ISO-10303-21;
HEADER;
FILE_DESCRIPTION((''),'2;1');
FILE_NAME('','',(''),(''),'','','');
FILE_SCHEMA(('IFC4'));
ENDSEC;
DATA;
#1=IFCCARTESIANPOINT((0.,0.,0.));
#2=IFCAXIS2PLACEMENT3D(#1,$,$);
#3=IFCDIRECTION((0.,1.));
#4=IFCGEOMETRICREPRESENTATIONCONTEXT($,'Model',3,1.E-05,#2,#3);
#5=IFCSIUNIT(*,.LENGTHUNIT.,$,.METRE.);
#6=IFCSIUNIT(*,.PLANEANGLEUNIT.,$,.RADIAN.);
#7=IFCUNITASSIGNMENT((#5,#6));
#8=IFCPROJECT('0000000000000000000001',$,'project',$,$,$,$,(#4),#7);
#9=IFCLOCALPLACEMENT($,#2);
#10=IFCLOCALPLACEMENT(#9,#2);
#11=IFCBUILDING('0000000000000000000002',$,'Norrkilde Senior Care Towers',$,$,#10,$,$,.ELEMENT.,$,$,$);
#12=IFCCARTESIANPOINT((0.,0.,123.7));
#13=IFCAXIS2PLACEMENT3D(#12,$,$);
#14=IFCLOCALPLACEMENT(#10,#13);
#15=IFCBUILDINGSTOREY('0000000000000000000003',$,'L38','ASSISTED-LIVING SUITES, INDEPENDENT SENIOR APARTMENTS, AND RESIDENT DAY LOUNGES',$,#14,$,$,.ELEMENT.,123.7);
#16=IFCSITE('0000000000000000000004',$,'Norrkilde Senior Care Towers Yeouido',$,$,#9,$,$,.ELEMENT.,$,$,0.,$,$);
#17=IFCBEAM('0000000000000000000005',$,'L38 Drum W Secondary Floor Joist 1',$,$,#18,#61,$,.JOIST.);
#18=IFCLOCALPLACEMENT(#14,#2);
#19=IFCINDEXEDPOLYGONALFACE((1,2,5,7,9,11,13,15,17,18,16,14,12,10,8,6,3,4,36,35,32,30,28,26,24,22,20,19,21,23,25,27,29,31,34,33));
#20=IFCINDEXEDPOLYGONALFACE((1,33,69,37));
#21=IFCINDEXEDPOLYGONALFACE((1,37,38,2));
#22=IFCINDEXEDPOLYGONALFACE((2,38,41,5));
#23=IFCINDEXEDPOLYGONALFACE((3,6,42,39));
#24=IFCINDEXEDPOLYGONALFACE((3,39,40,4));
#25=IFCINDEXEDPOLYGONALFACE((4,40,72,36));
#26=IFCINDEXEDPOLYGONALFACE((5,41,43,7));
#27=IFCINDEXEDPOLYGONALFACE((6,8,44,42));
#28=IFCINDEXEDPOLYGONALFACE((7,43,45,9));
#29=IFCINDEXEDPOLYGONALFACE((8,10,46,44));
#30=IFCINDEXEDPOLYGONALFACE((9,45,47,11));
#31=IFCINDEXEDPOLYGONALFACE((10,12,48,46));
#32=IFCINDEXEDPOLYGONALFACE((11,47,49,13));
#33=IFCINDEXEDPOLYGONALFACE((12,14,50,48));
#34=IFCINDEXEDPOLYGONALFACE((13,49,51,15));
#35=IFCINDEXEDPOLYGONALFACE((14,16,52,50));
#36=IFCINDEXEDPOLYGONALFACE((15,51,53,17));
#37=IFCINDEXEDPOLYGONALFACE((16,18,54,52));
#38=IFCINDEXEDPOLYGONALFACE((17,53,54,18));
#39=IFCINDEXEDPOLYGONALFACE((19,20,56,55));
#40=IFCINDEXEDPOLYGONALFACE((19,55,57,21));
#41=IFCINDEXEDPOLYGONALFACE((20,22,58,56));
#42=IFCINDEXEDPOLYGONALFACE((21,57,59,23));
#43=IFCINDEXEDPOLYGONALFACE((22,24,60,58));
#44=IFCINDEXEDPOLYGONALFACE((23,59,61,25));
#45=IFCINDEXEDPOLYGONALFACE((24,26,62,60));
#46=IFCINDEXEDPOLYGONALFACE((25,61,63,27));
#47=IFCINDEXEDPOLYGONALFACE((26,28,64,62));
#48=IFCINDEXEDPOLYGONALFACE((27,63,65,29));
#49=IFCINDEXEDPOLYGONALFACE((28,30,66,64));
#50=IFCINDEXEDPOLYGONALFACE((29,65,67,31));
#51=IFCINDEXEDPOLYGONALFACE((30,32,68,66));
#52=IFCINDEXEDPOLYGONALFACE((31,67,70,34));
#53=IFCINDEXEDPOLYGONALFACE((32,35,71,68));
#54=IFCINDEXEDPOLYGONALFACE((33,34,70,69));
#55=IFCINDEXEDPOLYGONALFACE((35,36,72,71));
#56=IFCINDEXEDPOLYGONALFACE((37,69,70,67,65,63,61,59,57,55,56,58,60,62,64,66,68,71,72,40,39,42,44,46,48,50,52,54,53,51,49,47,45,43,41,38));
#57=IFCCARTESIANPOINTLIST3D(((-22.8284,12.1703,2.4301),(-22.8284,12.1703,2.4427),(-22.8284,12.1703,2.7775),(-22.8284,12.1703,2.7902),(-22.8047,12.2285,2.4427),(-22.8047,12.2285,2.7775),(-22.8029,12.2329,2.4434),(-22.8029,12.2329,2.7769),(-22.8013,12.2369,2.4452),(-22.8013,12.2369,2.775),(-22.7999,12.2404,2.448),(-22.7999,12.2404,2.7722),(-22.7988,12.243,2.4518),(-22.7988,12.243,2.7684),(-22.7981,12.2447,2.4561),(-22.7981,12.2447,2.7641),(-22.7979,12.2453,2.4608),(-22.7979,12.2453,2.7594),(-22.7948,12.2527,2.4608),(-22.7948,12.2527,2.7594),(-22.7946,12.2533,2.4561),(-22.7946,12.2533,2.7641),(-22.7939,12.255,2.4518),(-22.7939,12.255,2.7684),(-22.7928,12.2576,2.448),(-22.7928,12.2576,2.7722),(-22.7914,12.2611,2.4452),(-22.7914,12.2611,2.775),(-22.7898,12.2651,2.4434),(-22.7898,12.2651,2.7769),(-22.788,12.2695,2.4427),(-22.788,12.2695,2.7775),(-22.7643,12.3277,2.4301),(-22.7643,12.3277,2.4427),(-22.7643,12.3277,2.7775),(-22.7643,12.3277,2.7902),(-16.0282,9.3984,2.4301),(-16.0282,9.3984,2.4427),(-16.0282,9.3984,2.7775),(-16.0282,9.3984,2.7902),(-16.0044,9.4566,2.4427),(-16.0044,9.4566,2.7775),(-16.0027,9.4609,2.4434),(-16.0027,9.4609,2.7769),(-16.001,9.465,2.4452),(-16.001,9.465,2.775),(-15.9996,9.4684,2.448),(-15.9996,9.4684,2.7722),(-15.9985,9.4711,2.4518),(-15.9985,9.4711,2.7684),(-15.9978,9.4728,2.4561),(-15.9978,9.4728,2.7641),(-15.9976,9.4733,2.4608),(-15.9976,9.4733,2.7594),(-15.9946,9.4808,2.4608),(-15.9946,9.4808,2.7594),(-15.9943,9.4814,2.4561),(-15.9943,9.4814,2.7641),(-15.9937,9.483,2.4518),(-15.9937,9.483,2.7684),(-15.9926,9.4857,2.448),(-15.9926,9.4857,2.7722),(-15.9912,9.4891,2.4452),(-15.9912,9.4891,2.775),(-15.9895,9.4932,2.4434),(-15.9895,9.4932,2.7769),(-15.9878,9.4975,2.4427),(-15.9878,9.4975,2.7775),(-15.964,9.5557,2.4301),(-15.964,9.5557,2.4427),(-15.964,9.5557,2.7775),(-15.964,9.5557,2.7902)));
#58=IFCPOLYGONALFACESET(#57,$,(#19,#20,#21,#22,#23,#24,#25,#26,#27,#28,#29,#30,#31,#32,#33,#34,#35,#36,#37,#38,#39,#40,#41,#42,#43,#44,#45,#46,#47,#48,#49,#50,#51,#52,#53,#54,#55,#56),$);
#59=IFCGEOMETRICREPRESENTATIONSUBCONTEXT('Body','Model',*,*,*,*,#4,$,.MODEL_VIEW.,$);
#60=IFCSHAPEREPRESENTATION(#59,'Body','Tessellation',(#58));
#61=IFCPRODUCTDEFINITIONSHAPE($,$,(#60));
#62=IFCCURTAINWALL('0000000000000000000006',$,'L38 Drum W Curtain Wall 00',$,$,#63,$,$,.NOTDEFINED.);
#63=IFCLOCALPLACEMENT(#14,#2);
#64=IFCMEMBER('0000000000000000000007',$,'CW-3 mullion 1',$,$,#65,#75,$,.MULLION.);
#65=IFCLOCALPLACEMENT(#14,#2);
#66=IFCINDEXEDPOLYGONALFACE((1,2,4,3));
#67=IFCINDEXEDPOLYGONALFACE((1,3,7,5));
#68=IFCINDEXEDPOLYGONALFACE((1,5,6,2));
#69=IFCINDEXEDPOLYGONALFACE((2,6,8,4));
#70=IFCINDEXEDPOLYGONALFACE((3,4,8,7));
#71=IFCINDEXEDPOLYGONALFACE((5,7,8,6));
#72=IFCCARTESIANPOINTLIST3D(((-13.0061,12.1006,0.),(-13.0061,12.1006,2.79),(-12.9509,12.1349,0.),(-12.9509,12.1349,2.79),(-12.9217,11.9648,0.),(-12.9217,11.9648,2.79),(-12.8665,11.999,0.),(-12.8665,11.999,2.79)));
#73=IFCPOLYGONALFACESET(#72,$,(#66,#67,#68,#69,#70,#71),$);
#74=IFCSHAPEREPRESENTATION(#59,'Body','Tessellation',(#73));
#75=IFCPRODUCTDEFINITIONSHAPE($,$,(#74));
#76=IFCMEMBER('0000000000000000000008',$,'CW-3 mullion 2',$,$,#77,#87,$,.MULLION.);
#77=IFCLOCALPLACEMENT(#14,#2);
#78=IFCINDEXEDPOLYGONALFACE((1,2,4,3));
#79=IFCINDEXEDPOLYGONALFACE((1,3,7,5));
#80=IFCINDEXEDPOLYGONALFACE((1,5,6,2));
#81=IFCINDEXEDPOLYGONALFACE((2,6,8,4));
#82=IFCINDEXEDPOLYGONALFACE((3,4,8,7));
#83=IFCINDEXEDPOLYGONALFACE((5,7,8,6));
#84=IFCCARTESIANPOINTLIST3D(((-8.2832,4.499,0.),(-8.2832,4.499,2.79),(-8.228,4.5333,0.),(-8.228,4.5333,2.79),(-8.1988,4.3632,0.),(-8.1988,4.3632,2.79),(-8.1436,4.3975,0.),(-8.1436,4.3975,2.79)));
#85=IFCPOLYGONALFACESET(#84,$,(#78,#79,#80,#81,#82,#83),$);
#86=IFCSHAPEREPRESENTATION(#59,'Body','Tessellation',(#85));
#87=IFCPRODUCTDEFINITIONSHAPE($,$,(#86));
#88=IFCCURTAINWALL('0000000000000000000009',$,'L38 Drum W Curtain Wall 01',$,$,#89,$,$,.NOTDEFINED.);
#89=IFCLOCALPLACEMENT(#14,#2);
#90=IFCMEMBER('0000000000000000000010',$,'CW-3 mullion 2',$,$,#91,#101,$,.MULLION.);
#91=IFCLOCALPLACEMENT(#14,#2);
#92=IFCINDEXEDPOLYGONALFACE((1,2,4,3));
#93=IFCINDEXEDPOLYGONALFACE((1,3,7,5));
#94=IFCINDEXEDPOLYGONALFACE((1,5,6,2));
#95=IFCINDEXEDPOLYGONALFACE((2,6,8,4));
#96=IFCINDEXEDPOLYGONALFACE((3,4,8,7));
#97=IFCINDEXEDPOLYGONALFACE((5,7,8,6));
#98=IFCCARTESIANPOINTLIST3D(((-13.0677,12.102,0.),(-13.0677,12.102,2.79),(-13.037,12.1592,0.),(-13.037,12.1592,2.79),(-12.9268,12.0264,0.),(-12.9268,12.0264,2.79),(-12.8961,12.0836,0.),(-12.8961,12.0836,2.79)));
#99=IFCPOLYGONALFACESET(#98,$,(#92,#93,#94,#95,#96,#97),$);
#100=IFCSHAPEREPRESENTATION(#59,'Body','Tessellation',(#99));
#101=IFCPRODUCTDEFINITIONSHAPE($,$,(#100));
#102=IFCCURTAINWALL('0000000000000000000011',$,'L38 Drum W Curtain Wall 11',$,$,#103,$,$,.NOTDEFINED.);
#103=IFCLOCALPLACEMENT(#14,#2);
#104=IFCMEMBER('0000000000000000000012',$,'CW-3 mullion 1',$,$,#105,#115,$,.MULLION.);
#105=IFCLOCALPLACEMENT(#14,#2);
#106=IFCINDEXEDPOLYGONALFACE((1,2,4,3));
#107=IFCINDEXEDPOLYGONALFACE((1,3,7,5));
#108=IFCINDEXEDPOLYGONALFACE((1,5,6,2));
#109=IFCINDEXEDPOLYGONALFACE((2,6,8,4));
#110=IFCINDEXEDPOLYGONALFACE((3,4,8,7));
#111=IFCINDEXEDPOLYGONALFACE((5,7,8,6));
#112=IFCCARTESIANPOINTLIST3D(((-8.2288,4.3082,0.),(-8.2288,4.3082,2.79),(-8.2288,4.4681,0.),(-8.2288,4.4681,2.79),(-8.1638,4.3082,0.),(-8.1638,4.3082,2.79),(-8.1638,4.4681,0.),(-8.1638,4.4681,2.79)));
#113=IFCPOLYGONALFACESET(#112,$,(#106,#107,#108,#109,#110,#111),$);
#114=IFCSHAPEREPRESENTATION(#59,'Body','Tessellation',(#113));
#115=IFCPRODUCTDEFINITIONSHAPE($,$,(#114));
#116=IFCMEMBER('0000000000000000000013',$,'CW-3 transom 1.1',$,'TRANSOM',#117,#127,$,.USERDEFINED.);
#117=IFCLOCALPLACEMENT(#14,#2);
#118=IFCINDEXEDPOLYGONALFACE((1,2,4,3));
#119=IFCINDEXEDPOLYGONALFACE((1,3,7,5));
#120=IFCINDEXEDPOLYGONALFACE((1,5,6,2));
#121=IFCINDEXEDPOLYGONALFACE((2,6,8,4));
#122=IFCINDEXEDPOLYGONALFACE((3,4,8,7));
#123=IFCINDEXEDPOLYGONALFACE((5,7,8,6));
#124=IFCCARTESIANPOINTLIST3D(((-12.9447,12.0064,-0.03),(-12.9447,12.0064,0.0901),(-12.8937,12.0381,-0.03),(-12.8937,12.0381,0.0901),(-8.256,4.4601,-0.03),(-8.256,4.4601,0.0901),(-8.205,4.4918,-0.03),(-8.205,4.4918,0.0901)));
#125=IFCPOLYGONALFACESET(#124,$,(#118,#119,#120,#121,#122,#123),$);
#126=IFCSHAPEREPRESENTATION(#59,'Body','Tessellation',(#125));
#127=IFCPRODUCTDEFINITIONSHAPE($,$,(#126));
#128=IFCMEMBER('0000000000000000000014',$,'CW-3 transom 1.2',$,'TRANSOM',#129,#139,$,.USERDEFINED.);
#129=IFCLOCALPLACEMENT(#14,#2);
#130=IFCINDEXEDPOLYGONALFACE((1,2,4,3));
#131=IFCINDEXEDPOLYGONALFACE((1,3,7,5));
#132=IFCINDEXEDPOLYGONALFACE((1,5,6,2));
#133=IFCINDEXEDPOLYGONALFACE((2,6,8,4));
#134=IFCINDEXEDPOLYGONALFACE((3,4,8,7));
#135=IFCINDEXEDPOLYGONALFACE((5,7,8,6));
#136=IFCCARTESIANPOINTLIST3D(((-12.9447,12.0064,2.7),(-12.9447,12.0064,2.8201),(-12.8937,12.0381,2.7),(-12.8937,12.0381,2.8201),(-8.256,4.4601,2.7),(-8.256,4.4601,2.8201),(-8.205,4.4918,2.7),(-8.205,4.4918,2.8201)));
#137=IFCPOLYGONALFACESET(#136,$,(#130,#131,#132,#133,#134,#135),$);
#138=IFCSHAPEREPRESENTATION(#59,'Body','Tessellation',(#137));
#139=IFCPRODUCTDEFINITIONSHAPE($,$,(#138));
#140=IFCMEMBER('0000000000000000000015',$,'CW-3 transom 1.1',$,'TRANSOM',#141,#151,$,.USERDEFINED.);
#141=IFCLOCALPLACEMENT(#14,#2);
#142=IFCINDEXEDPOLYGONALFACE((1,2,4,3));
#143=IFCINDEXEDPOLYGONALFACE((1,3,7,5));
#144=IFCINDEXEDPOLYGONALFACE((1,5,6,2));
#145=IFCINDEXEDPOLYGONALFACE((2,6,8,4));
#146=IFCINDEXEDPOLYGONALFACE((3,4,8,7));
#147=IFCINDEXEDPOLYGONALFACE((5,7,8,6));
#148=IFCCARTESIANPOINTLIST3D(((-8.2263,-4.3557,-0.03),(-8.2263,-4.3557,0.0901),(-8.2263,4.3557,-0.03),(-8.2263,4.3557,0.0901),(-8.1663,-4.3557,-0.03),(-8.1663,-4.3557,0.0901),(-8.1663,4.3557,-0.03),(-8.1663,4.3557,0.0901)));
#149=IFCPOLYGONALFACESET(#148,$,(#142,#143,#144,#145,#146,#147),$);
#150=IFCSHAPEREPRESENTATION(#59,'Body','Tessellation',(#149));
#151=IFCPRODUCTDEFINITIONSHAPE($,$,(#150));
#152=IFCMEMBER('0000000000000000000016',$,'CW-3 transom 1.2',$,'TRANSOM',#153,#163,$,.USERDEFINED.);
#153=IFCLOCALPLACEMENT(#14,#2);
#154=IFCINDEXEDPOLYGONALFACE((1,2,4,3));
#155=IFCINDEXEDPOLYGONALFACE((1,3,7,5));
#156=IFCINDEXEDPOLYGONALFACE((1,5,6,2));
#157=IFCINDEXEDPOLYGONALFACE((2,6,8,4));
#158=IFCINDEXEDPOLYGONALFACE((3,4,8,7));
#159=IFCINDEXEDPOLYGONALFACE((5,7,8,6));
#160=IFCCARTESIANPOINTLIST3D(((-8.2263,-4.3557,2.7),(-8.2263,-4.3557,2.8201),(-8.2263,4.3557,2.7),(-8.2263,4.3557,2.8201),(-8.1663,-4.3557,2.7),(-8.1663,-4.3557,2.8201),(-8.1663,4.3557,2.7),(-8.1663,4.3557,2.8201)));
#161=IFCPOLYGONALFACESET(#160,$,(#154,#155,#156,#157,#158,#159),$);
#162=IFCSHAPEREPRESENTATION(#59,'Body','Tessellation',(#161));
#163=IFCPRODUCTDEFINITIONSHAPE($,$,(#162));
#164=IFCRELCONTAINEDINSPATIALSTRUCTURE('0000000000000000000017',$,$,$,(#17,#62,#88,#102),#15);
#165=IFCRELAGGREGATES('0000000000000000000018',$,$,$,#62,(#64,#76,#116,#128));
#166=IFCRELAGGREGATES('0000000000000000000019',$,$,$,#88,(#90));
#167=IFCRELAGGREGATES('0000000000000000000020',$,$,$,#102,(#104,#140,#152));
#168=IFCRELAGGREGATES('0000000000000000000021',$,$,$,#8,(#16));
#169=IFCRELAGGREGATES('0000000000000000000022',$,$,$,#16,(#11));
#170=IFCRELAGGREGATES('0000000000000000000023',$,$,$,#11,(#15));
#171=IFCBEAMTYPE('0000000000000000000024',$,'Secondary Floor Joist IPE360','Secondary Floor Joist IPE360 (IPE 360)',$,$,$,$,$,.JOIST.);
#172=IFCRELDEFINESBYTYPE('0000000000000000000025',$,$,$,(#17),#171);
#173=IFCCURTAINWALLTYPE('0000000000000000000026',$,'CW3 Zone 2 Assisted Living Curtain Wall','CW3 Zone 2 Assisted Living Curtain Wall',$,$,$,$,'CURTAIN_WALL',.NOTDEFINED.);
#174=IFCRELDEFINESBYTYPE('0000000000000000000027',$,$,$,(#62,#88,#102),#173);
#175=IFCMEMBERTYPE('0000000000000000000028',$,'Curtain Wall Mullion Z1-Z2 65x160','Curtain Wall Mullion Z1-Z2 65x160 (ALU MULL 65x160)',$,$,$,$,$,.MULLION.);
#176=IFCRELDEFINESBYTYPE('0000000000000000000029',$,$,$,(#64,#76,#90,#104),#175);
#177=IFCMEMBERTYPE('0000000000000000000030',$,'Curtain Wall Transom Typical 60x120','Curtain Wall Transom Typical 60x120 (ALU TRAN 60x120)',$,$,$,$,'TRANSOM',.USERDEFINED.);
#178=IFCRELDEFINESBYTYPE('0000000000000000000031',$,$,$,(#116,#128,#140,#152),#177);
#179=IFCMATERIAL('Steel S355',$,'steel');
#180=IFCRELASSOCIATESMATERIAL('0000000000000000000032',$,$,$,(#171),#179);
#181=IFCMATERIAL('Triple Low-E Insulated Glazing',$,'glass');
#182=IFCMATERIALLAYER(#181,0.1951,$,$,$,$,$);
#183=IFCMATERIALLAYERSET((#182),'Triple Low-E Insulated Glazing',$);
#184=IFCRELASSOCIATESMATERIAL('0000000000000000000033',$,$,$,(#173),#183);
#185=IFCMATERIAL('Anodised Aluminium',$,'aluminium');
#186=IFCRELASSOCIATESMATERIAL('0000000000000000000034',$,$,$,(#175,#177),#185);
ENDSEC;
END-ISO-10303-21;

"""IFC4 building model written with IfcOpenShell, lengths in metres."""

from ifc_helpers import new_model, si_unit, direction, frame, origin, origin_2d, place, context, subcontext, project, spatial, rectangle, i_section, extrude, source, transform, mapped, material, layer, layer_set, material_profile, profile_set, type_object, type_shapes, element, aggregate, save


model = new_model("IFC4")

# Units and contexts
model_context = context("Model", 3, precision=1e-05, world=origin(), true_north=direction((0.0, 1.0)))
body_context = subcontext(model_context, "Body", "Model", "MODEL_VIEW")
ifc_project = project(units=[si_unit("LENGTHUNIT", "METRE"), si_unit("PLANEANGLEUNIT", "RADIAN")], contexts=[model_context])

# Site, building, storey
site_placement = place(None, origin())
site = spatial("IfcSite", under=ifc_project, at=site_placement, Name="Norrkilde Senior Care Towers Yeouido", CompositionType="ELEMENT", RefElevation=0.0)
building_placement = place(site_placement, origin())
building = spatial("IfcBuilding", under=site, at=building_placement, Name="Norrkilde Senior Care Towers", CompositionType="ELEMENT")
storey_placement = place(building_placement, frame((0.0, 0.0, 123.7)))
storey = spatial("IfcBuildingStorey", under=building, at=storey_placement, Name="L38", Description="ASSISTED-LIVING SUITES, INDEPENDENT SENIOR APARTMENTS, AND RESIDENT DAY LOUNGES", CompositionType="ELEMENT", Elevation=123.7)

# Beam
ifc_material_1 = material(Name="Steel S355", Category="steel")
ifc_material_profile_1 = material_profile(ifc_material_1, i_section(OverallWidth=0.1699, OverallDepth=0.3601, WebThickness=0.0081, FlangeThickness=0.0127, FilletRadius=0.0181, at=origin_2d()), Name="IPE 360")
ifc_profile_set_1 = profile_set([ifc_material_profile_1], Name="Steel S355")
beam_type_1 = type_object("IfcBeamType", Name="Secondary Floor Joist IPE360", Description="Secondary Floor Joist IPE360 (IPE 360)", PredefinedType="JOIST", material=ifc_profile_set_1)
shared_shape_1 = source(origin(), body_context, "Body", "SweptSolid", [
    extrude(i_section(OverallWidth=0.1699, OverallDepth=0.3601, WebThickness=0.0081, FlangeThickness=0.0127, FilletRadius=0.0181, at=origin_2d()), origin(), (0.0, 0.0, 1.0), 7.3435),
])
type_shapes(beam_type_1, [shared_shape_1])
beam_1_placement = place(storey_placement, frame((-15.9961, 9.4771, 2.6101), z_axis=(-0.926022, 0.37747, 0.0), x_axis=(-0.37747, -0.926022, 0.0)))
element("IfcBeam", 1, at=beam_1_placement, inside=storey, type_object=beam_type_1, Name="L38 Drum W Secondary Floor Joist 1", PredefinedType="JOIST", context=body_context, shape_type="MappedRepresentation", body=[
    mapped(shared_shape_1, transform((0.0, 0.0, 0.0), x_axis=(1.0, 0.0, 0.0), y_axis=(0.0, 1.0, 0.0), z_axis=(0.0, 0.0, 1.0), scale=1.0)),
])

# Curtain wall, members
ifc_material_2 = material(Name="Triple Low-E Insulated Glazing", Category="glass")
ifc_layer_1 = layer(ifc_material_2, 0.1951)
ifc_layer_set_1 = layer_set([ifc_layer_1], Name="Triple Low-E Insulated Glazing")
curtain_wall_type = type_object("IfcCurtainWallType", Name="CW3 Zone 2 Assisted Living Curtain Wall", Description="CW3 Zone 2 Assisted Living Curtain Wall", ElementType="CURTAIN_WALL", PredefinedType="NOTDEFINED", material=ifc_layer_set_1)
curtain_wall_1_placement = place(storey_placement, origin())
curtain_wall_1 = element("IfcCurtainWall", 2, at=curtain_wall_1_placement, inside=storey, type_object=curtain_wall_type, Name="L38 Drum W Curtain Wall 00", PredefinedType="NOTDEFINED")
ifc_material_3 = material(Name="Anodised Aluminium", Category="aluminium")
ifc_material_profile_2 = material_profile(ifc_material_3, rectangle(XDim=0.0649, YDim=0.1599, at=origin_2d()), Name="ALU MULL 65x160")
ifc_profile_set_2 = profile_set([ifc_material_profile_2], Name="Anodised Aluminium")
member_type_1 = type_object("IfcMemberType", Name="Curtain Wall Mullion Z1-Z2 65x160", Description="Curtain Wall Mullion Z1-Z2 65x160 (ALU MULL 65x160)", PredefinedType="MULLION", material=ifc_profile_set_2)
shared_shape_2 = source(origin(), body_context, "Body", "SweptSolid", [
    extrude(rectangle(XDim=0.0649, YDim=0.1599, at=origin_2d()), origin(), (0.0, 0.0, 1.0), 2.79),
])
type_shapes(member_type_1, [shared_shape_2])
member_1_placement = place(storey_placement, frame((-12.9363, 12.0498, 0.0), z_axis=(0.0, 0.0, 1.0), x_axis=(0.84941, 0.527733, 0.0)))
member_1 = element("IfcMember", 3, at=member_1_placement, type_object=member_type_1, Name="CW-3 mullion 1", PredefinedType="MULLION", context=body_context, shape_type="MappedRepresentation", body=[
    mapped(shared_shape_2, transform((0.0, 0.0, 0.0), x_axis=(1.0, 0.0, 0.0), y_axis=(0.0, 1.0, 0.0), z_axis=(0.0, 0.0, 1.0), scale=1.0)),
])
member_2_placement = place(storey_placement, frame((-8.2134, 4.4482, 0.0), z_axis=(0.0, 0.0, 1.0), x_axis=(0.84941, 0.527733, 0.0)))
member_2 = element("IfcMember", 4, at=member_2_placement, type_object=member_type_1, Name="CW-3 mullion 2", PredefinedType="MULLION", context=body_context, shape_type="MappedRepresentation", body=[
    mapped(shared_shape_2, transform((0.0, 0.0, 0.0), x_axis=(1.0, 0.0, 0.0), y_axis=(0.0, 1.0, 0.0), z_axis=(0.0, 0.0, 1.0), scale=1.0)),
])

# Curtain walls, members
curtain_wall_2_placement = place(storey_placement, origin())
curtain_wall_2 = element("IfcCurtainWall", 5, at=curtain_wall_2_placement, inside=storey, type_object=curtain_wall_type, Name="L38 Drum W Curtain Wall 01", PredefinedType="NOTDEFINED")
member_3_placement = place(storey_placement, frame((-12.9819, 12.0928, 0.0), z_axis=(0.0, 0.0, 1.0), x_axis=(0.472769, 0.881186, 0.0)))
member_3 = element("IfcMember", 6, at=member_3_placement, type_object=member_type_1, Name="CW-3 mullion 2", PredefinedType="MULLION", context=body_context, shape_type="MappedRepresentation", body=[
    mapped(shared_shape_2, transform((0.0, 0.0, 0.0), x_axis=(1.0, 0.0, 0.0), y_axis=(0.0, 1.0, 0.0), z_axis=(0.0, 0.0, 1.0), scale=1.0)),
])
curtain_wall_3_placement = place(storey_placement, origin())
curtain_wall_3 = element("IfcCurtainWall", 7, at=curtain_wall_3_placement, inside=storey, type_object=curtain_wall_type, Name="L38 Drum W Curtain Wall 11", PredefinedType="NOTDEFINED")
member_4_placement = place(storey_placement, frame((-8.1963, 4.3882, 0.0), z_axis=(0.0, 0.0, 1.0), x_axis=(1.0, 0.0, 0.0)))
member_4 = element("IfcMember", 8, at=member_4_placement, type_object=member_type_1, Name="CW-3 mullion 1", PredefinedType="MULLION", context=body_context, shape_type="MappedRepresentation", body=[
    mapped(shared_shape_2, transform((0.0, 0.0, 0.0), x_axis=(1.0, 0.0, 0.0), y_axis=(0.0, 1.0, 0.0), z_axis=(0.0, 0.0, 1.0), scale=1.0)),
])

# Members
ifc_material_profile_3 = material_profile(ifc_material_3, rectangle(XDim=0.0601, YDim=0.1201, at=origin_2d()), Name="ALU TRAN 60x120")
ifc_profile_set_3 = profile_set([ifc_material_profile_3], Name="Anodised Aluminium")
member_type_2 = type_object("IfcMemberType", Name="Curtain Wall Transom Typical 60x120", Description="Curtain Wall Transom Typical 60x120 (ALU TRAN 60x120)", ElementType="TRANSOM", PredefinedType="USERDEFINED", material=ifc_profile_set_3)
shared_shape_3 = source(origin(), body_context, "Body", "SweptSolid", [
    extrude(rectangle(XDim=0.0601, YDim=0.1201, at=origin_2d()), origin(), (0.0, 0.0, 1.0), 8.8843),
])
member_5_placement = place(storey_placement, frame((-12.9192, 12.0222, 0.03), z_axis=(0.527749, -0.8494, 0.0), x_axis=(0.8494, 0.527749, 0.0)))
member_5 = element("IfcMember", 9, at=member_5_placement, type_object=member_type_2, Name="CW-3 transom 1.1", ObjectType="TRANSOM", PredefinedType="USERDEFINED", context=body_context, shape_type="MappedRepresentation", body=[
    mapped(shared_shape_3, transform((0.0, 0.0, 0.0), x_axis=(1.0, 0.0, 0.0), y_axis=(0.0, 1.0, 0.0), z_axis=(0.0, 0.0, 1.0), scale=1.0)),
])
member_6_placement = place(storey_placement, frame((-12.9192, 12.0222, 2.76), z_axis=(0.527749, -0.8494, 0.0), x_axis=(0.8494, 0.527749, 0.0)))
member_6 = element("IfcMember", 10, at=member_6_placement, type_object=member_type_2, Name="CW-3 transom 1.2", ObjectType="TRANSOM", PredefinedType="USERDEFINED", context=body_context, shape_type="MappedRepresentation", body=[
    mapped(shared_shape_3, transform((0.0, 0.0, 0.0), x_axis=(1.0, 0.0, 0.0), y_axis=(0.0, 1.0, 0.0), z_axis=(0.0, 0.0, 1.0), scale=1.0)),
])
shared_shape_4 = source(origin(), body_context, "Body", "SweptSolid", [
    extrude(rectangle(XDim=0.0601, YDim=0.1201, at=origin_2d()), origin(), (0.0, 0.0, 1.0), 8.7114),
])
type_shapes(member_type_2, [shared_shape_3, shared_shape_4])
member_7_placement = place(storey_placement, frame((-8.1963, 4.3557, 0.03), z_axis=(0.0, -1.0, 0.0), x_axis=(1.0, 0.0, 0.0)))
member_7 = element("IfcMember", 11, at=member_7_placement, type_object=member_type_2, Name="CW-3 transom 1.1", ObjectType="TRANSOM", PredefinedType="USERDEFINED", context=body_context, shape_type="MappedRepresentation", body=[
    mapped(shared_shape_4, transform((0.0, 0.0, 0.0), x_axis=(1.0, 0.0, 0.0), y_axis=(0.0, 1.0, 0.0), z_axis=(0.0, 0.0, 1.0), scale=1.0)),
])
member_8_placement = place(storey_placement, frame((-8.1963, 4.3557, 2.76), z_axis=(0.0, -1.0, 0.0), x_axis=(1.0, 0.0, 0.0)))
member_8 = element("IfcMember", 12, at=member_8_placement, type_object=member_type_2, Name="CW-3 transom 1.2", ObjectType="TRANSOM", PredefinedType="USERDEFINED", context=body_context, shape_type="MappedRepresentation", body=[
    mapped(shared_shape_4, transform((0.0, 0.0, 0.0), x_axis=(1.0, 0.0, 0.0), y_axis=(0.0, 1.0, 0.0), z_axis=(0.0, 0.0, 1.0), scale=1.0)),
])

aggregate(curtain_wall_1, [member_1, member_2, member_5, member_6])
aggregate(curtain_wall_2, [member_3])
aggregate(curtain_wall_3, [member_4, member_7, member_8])

save(model, "model.ifc")
